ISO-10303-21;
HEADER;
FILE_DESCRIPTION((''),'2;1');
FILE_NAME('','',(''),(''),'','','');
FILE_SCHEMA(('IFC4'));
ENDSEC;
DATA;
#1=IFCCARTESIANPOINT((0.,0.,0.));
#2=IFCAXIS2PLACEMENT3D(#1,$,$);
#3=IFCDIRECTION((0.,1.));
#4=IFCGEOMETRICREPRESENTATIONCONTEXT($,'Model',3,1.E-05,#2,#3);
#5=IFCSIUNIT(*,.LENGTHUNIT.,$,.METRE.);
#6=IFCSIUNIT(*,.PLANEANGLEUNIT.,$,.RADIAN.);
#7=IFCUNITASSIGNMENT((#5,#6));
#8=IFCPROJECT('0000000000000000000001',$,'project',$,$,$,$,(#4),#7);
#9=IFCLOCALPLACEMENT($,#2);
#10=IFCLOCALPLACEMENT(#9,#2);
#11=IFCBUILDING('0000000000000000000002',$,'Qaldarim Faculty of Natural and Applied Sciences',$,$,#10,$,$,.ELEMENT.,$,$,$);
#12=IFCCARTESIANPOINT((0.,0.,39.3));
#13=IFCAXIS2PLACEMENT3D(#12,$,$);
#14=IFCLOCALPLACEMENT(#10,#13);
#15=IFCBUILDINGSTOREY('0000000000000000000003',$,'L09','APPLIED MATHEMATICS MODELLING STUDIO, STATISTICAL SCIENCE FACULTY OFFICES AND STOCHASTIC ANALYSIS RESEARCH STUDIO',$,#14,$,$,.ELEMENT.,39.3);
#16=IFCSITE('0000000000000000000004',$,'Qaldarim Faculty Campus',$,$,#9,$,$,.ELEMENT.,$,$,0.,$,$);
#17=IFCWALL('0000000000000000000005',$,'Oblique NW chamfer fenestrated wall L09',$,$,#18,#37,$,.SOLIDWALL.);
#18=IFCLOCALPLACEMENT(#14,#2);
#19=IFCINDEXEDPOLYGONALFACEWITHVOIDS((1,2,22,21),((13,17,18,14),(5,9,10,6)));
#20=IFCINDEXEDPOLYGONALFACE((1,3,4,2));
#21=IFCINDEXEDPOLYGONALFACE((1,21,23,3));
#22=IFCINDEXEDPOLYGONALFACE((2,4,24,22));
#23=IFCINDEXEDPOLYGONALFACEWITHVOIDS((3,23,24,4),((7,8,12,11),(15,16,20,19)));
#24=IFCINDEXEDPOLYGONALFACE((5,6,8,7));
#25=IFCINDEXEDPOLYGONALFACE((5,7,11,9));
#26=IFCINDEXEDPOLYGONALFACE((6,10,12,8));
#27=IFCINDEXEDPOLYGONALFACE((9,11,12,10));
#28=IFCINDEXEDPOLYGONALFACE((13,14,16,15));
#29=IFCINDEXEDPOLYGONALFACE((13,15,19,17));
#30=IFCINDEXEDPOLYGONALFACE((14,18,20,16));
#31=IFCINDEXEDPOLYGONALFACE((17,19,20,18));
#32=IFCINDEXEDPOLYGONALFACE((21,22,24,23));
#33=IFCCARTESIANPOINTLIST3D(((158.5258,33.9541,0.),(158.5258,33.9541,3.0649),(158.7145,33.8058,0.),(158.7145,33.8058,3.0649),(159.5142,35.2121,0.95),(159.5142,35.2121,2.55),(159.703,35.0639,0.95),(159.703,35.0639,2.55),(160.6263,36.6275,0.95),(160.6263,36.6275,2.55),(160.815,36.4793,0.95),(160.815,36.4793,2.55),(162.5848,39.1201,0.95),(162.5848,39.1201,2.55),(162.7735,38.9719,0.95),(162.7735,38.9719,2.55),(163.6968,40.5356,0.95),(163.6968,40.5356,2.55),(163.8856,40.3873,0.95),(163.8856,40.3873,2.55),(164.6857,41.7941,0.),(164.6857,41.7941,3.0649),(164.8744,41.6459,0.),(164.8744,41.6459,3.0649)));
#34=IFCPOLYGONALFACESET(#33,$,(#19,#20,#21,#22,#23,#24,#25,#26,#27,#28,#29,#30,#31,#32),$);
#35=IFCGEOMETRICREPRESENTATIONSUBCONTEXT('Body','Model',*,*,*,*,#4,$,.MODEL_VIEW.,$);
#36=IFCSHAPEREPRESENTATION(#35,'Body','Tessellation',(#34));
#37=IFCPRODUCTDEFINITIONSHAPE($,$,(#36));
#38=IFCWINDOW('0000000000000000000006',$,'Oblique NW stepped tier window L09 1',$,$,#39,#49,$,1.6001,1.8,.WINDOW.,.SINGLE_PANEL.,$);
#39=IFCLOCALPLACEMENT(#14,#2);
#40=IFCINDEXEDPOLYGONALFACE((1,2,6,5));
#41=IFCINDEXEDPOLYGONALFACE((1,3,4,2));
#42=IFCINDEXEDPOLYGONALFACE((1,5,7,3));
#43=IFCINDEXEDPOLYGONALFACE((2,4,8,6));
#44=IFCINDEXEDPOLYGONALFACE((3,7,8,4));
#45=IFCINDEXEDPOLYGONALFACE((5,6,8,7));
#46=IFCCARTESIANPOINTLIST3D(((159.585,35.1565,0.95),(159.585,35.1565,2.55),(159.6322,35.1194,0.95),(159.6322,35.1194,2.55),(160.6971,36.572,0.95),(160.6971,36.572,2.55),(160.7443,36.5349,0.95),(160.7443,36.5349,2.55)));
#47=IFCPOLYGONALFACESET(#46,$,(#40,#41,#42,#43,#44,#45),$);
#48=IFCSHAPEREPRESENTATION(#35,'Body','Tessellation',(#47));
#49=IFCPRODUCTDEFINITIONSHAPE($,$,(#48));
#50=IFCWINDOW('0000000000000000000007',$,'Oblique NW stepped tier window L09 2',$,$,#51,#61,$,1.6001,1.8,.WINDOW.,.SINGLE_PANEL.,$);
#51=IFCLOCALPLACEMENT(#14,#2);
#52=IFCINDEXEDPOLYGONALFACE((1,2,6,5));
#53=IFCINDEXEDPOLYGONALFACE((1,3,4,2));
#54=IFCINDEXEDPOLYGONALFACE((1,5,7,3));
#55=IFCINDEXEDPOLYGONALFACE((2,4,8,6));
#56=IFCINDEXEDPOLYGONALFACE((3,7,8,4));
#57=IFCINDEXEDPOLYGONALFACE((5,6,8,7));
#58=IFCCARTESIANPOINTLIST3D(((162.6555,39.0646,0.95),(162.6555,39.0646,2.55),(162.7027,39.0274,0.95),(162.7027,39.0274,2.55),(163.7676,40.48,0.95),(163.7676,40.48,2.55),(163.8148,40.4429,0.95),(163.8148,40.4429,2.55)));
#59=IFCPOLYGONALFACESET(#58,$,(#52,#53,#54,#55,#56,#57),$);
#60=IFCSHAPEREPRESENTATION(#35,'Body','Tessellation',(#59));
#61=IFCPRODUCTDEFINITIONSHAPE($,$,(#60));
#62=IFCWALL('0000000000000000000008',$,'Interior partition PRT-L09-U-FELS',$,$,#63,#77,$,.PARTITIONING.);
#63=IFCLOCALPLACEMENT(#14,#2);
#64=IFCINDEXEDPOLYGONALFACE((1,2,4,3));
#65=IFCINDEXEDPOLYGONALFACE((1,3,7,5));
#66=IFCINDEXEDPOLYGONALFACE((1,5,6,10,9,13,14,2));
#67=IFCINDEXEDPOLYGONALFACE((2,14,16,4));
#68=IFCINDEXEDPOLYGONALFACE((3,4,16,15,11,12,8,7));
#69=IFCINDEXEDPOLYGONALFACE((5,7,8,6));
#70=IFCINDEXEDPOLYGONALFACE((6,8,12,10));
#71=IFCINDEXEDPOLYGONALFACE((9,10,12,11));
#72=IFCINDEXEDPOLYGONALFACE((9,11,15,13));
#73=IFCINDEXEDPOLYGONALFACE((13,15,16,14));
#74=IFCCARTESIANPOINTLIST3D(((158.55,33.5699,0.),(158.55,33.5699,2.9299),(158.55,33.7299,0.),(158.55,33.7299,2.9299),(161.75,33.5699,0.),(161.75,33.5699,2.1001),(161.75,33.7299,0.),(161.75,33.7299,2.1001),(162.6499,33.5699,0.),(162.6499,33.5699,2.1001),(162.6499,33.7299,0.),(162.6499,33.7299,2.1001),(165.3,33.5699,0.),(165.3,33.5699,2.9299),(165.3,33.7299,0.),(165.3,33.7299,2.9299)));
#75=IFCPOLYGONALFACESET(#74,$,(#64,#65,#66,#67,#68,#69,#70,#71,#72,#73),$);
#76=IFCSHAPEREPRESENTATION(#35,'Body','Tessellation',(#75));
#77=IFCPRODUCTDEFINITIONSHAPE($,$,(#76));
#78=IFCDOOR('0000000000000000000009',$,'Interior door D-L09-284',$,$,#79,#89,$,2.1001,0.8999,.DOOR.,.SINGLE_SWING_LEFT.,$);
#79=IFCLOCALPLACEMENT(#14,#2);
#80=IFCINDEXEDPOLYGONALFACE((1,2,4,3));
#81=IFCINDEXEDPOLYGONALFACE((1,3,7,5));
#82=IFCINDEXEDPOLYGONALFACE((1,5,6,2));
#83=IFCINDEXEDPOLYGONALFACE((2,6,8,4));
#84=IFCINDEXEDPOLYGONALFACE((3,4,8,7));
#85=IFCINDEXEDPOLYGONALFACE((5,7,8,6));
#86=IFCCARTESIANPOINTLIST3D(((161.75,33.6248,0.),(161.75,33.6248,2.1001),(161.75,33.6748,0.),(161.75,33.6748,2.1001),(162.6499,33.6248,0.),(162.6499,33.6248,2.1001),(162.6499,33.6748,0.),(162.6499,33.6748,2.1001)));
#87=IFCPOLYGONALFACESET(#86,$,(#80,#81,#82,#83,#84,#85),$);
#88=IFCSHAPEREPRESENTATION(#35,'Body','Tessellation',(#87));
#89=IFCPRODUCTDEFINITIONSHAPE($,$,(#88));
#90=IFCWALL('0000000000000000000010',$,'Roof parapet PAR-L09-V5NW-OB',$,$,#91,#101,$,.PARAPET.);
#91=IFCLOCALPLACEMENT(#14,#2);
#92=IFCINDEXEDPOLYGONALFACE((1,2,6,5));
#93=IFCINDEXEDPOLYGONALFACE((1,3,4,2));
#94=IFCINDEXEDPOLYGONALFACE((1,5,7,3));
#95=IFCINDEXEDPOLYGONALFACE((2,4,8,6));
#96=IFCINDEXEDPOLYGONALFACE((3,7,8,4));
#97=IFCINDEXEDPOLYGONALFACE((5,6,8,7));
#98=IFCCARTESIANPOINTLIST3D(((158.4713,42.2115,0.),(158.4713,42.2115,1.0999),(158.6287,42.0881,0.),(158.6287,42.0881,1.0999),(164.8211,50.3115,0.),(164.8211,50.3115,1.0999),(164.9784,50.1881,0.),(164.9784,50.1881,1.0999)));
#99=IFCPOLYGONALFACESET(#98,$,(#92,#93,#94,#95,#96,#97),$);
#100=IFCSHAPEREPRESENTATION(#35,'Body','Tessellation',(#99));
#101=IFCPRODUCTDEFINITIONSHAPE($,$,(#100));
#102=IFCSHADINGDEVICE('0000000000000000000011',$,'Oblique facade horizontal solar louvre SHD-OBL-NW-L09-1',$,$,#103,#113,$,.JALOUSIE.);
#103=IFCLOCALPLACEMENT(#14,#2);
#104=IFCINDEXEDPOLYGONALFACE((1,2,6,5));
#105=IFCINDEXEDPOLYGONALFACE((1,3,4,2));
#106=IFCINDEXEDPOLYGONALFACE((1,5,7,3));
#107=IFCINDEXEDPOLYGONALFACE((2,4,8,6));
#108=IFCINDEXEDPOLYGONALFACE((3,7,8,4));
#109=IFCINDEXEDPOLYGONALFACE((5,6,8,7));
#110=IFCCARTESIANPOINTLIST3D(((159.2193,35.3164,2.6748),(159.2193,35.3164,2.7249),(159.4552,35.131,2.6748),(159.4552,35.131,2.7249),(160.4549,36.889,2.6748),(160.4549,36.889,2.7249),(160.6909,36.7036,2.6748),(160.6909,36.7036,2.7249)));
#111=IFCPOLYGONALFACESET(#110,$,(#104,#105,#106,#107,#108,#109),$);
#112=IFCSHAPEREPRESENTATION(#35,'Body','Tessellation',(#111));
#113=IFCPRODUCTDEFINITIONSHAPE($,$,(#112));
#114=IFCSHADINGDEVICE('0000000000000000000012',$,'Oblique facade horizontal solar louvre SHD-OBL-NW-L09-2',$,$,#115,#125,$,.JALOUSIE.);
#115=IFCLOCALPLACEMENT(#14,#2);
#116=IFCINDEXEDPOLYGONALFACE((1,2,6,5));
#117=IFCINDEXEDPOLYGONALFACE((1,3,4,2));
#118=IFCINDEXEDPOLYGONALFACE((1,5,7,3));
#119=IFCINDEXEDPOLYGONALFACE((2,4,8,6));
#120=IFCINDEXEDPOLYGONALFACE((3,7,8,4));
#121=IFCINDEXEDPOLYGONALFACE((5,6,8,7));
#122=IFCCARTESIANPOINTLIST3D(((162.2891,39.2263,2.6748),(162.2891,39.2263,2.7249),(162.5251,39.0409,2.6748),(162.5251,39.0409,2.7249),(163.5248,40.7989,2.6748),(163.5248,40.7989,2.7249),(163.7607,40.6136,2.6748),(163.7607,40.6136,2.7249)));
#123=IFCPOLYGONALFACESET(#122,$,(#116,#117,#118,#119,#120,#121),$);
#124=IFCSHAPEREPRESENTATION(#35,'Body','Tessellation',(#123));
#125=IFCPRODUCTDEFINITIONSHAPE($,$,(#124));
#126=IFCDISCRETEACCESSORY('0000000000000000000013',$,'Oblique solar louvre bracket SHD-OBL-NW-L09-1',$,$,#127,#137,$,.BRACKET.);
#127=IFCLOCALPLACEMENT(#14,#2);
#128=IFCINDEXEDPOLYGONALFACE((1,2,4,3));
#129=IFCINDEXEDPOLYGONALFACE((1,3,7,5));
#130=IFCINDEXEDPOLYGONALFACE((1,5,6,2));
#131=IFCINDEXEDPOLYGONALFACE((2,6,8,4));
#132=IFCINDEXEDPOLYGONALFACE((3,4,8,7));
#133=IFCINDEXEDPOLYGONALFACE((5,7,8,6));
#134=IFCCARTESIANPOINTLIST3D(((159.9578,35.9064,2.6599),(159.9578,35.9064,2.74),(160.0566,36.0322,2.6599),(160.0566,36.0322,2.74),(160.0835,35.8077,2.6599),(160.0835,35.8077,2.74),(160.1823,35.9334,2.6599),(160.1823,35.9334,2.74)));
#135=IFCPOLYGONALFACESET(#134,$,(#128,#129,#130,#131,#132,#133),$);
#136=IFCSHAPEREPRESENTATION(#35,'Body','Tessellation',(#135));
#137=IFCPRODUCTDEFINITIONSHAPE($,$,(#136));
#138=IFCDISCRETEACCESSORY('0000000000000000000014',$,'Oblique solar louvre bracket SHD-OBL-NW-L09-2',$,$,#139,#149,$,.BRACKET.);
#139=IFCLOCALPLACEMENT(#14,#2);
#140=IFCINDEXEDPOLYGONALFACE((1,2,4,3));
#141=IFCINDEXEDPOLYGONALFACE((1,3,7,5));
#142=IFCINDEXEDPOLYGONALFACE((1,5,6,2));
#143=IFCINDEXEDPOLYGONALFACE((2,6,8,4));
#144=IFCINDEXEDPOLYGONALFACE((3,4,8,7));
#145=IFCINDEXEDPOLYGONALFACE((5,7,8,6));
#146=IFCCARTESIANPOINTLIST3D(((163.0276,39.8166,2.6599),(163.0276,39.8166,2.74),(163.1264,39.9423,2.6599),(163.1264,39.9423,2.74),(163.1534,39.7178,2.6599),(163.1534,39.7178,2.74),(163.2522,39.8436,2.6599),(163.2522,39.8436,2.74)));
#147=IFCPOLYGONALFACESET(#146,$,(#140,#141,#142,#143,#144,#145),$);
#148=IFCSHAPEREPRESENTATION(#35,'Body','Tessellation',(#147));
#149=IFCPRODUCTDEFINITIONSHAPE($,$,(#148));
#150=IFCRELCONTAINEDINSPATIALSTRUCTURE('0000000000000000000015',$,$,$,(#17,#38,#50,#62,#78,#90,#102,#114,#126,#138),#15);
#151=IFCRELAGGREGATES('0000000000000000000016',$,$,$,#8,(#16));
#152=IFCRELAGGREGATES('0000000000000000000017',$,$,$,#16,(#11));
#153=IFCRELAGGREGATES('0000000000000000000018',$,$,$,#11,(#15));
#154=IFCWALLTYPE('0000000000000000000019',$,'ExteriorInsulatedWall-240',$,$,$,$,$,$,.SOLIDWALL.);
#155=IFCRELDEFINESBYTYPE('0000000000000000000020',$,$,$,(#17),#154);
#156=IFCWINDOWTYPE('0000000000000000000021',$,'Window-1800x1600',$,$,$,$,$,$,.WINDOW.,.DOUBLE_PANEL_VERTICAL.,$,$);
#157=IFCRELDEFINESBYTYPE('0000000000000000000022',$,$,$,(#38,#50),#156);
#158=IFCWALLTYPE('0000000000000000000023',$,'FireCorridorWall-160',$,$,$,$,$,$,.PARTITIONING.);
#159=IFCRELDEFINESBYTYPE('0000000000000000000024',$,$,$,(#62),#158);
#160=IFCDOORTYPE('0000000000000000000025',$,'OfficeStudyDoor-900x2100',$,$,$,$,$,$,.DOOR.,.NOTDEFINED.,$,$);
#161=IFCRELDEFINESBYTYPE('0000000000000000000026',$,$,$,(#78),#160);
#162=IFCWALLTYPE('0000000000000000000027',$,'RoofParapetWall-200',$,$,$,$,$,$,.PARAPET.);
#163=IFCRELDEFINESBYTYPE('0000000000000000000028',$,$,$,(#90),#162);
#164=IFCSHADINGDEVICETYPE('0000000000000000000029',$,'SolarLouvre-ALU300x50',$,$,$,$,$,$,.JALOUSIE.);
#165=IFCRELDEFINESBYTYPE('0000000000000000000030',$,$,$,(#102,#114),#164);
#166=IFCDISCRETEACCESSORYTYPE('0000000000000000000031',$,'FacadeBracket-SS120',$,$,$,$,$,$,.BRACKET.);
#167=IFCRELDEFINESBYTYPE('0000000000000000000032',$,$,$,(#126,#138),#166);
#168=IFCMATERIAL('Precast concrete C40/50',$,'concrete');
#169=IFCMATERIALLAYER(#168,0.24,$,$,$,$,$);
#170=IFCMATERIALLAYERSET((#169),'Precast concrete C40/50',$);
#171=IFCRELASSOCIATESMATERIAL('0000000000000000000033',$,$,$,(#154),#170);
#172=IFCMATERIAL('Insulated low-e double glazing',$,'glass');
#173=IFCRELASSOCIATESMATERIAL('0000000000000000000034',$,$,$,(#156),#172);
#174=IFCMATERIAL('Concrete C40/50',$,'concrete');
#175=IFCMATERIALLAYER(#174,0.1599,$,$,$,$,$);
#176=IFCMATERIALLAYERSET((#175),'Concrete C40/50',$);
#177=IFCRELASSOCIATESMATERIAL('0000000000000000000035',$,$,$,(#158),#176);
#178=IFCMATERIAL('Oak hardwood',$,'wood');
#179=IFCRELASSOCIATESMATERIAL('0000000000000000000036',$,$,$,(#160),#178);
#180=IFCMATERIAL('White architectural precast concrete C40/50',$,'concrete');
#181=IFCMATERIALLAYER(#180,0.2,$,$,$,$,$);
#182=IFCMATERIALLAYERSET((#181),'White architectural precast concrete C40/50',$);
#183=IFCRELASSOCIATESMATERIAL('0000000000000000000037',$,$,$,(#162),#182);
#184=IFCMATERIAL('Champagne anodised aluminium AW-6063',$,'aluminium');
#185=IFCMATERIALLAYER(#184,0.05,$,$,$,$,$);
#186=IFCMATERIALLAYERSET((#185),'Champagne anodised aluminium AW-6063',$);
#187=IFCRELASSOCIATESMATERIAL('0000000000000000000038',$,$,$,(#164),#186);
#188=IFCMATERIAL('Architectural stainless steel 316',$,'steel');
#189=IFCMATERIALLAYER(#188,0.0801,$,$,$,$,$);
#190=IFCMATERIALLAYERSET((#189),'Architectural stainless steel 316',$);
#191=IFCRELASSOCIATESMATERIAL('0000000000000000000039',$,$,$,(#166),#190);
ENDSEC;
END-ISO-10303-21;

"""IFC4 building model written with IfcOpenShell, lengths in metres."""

from ifc_helpers import new_model, si_unit, direction, frame, frame_2d, origin, origin_2d, place, context, subcontext, project, spatial, rectangle, extrude, material, layer, layer_set, type_object, element, fill, save


model = new_model("IFC4")

# Units and contexts
model_context = context("Model", 3, precision=1e-05, world=origin(), true_north=direction((0.0, 1.0)))
body_context = subcontext(model_context, "Body", "Model", "MODEL_VIEW")
ifc_project = project(units=[si_unit("LENGTHUNIT", "METRE"), si_unit("PLANEANGLEUNIT", "RADIAN")], contexts=[model_context])

# Site, building, storey
site_placement = place(None, origin())
site = spatial("IfcSite", under=ifc_project, at=site_placement, Name="Qaldarim Faculty Campus", CompositionType="ELEMENT", RefElevation=0.0)
building_placement = place(site_placement, origin())
building = spatial("IfcBuilding", under=site, at=building_placement, Name="Qaldarim Faculty of Natural and Applied Sciences", CompositionType="ELEMENT")
storey_placement = place(building_placement, frame((0.0, 0.0, 39.3)))
storey = spatial("IfcBuildingStorey", under=building, at=storey_placement, Name="L09", Description="APPLIED MATHEMATICS MODELLING STUDIO, STATISTICAL SCIENCE FACULTY OFFICES AND STOCHASTIC ANALYSIS RESEARCH STUDIO", CompositionType="ELEMENT", Elevation=39.3)

# Shared definitions
ifc_material_1 = material(Name="Concrete C40/50", Category="concrete")
ifc_material_2 = material(Name="Precast concrete C40/50", Category="concrete")

# Wall, openings, windows
ifc_layer_1 = layer(ifc_material_2, 0.24)
ifc_layer_set_1 = layer_set([ifc_layer_1], Name="Precast concrete C40/50")
wall_type_1 = type_object("IfcWallType", Name="ExteriorInsulatedWall-240", PredefinedType="SOLIDWALL", material=ifc_layer_set_1)
wall_1_placement = place(storey_placement, frame((158.6201, 33.8799, 0.0), z_axis=(0.0, 0.0, 1.0), x_axis=(0.617812, 0.786326, 0.0)))
wall_1 = element("IfcWall", 1, at=wall_1_placement, inside=storey, type_object=wall_type_1, Name="Oblique NW chamfer fenestrated wall L09", PredefinedType="SOLIDWALL", context=body_context, shape_type="SweptSolid", body=[
    extrude(rectangle(XDim=9.9705, YDim=0.24, at=frame_2d((4.9854, 0.0))), origin(), (0.0, 0.0, 1.0), 3.0649),
])
opening_1_placement = place(wall_1_placement, frame((1.6001, 0.0, 0.95)))
opening_1 = element("IfcOpeningElement", 2, at=opening_1_placement, cuts=wall_1, PredefinedType="OPENING", context=body_context, shape_type="SweptSolid", body=[
    extrude(rectangle(XDim=1.8, YDim=1.6001, at=frame_2d((0.8999, 0.8))), frame((0.0, 0.1299, 0.0), z_axis=(0.0, -1.0, 0.0), x_axis=(1.0, 0.0, 0.0)), (0.0, 0.0, 1.0), 0.26),
])
opening_2_placement = place(wall_1_placement, frame((6.5701, 0.0, 0.95)))
opening_2 = element("IfcOpeningElement", 3, at=opening_2_placement, cuts=wall_1, PredefinedType="OPENING", context=body_context, shape_type="SweptSolid", body=[
    extrude(rectangle(XDim=1.8, YDim=1.6001, at=frame_2d((0.8999, 0.8))), frame((0.0, 0.1299, 0.0), z_axis=(0.0, -1.0, 0.0), x_axis=(1.0, 0.0, 0.0)), (0.0, 0.0, 1.0), 0.26),
])
ifc_material_3 = material(Name="Insulated low-e double glazing", Category="glass")
window_type = type_object("IfcWindowType", Name="Window-1800x1600", PartitioningType="DOUBLE_PANEL_VERTICAL", PredefinedType="WINDOW", material=ifc_material_3)
window_1_placement = place(opening_1_placement, origin())
window_1 = element("IfcWindow", 4, at=window_1_placement, inside=storey, type_object=window_type, Name="Oblique NW stepped tier window L09 1", OverallHeight=1.6001, OverallWidth=1.8, PartitioningType="SINGLE_PANEL", PredefinedType="WINDOW", context=body_context, shape_type="SweptSolid", body=[
    extrude(rectangle(XDim=1.8, YDim=1.6001, at=frame_2d((0.8999, 0.8))), frame((0.0, 0.03, 0.0), z_axis=(0.0, -1.0, 0.0), x_axis=(1.0, 0.0, 0.0)), (0.0, 0.0, 1.0), 0.0601),
])
fill(opening_1, window_1)
window_2_placement = place(opening_2_placement, origin())
window_2 = element("IfcWindow", 5, at=window_2_placement, inside=storey, type_object=window_type, Name="Oblique NW stepped tier window L09 2", OverallHeight=1.6001, OverallWidth=1.8, PartitioningType="SINGLE_PANEL", PredefinedType="WINDOW", context=body_context, shape_type="SweptSolid", body=[
    extrude(rectangle(XDim=1.8, YDim=1.6001, at=frame_2d((0.8999, 0.8))), frame((0.0, 0.03, 0.0), z_axis=(0.0, -1.0, 0.0), x_axis=(1.0, 0.0, 0.0)), (0.0, 0.0, 1.0), 0.0601),
])
fill(opening_2, window_2)

# Wall, opening, door
ifc_layer_2 = layer(ifc_material_1, 0.1599)
ifc_layer_set_2 = layer_set([ifc_layer_2], Name="Concrete C40/50")
wall_type_2 = type_object("IfcWallType", Name="FireCorridorWall-160", PredefinedType="PARTITIONING", material=ifc_layer_set_2)
wall_2_placement = place(storey_placement, frame((158.55, 33.6499, 0.0), z_axis=(0.0, 0.0, 1.0), x_axis=(1.0, 0.0, 0.0)))
wall_2 = element("IfcWall", 6, at=wall_2_placement, inside=storey, type_object=wall_type_2, Name="Interior partition PRT-L09-U-FELS", PredefinedType="PARTITIONING", context=body_context, shape_type="SweptSolid", body=[
    extrude(rectangle(XDim=6.75, YDim=0.1599, at=frame_2d((3.375, 0.0))), origin(), (0.0, 0.0, 1.0), 2.9299),
])
opening_3_placement = place(wall_2_placement, frame((3.2, 0.0, 0.0)))
opening_3 = element("IfcOpeningElement", 7, at=opening_3_placement, cuts=wall_2, PredefinedType="OPENING", context=body_context, shape_type="SweptSolid", body=[
    extrude(rectangle(XDim=0.8999, YDim=2.1001, at=frame_2d((0.45, 1.05))), frame((0.0, 0.0898, 0.0), z_axis=(0.0, -1.0, 0.0), x_axis=(1.0, 0.0, 0.0)), (0.0, 0.0, 1.0), 0.1799),
])
ifc_material_4 = material(Name="Oak hardwood", Category="wood")
door_type = type_object("IfcDoorType", Name="OfficeStudyDoor-900x2100", OperationType="NOTDEFINED", PredefinedType="DOOR", material=ifc_material_4)
door_placement = place(opening_3_placement, origin())
door = element("IfcDoor", 8, at=door_placement, inside=storey, type_object=door_type, Name="Interior door D-L09-284", OperationType="SINGLE_SWING_LEFT", OverallHeight=2.1001, OverallWidth=0.8999, PredefinedType="DOOR", context=body_context, shape_type="SweptSolid", body=[
    extrude(rectangle(XDim=0.8999, YDim=2.1001, at=frame_2d((0.45, 1.05))), frame((0.0, 0.0249, 0.0), z_axis=(0.0, -1.0, 0.0), x_axis=(1.0, 0.0, 0.0)), (0.0, 0.0, 1.0), 0.05),
])
fill(opening_3, door)

# Wall
ifc_material_5 = material(Name="White architectural precast concrete C40/50", Category="concrete")
ifc_layer_3 = layer(ifc_material_5, 0.2)
ifc_layer_set_3 = layer_set([ifc_layer_3], Name="White architectural precast concrete C40/50")
wall_type_3 = type_object("IfcWallType", Name="RoofParapetWall-200", PredefinedType="PARAPET", material=ifc_layer_set_3)
wall_3_placement = place(storey_placement, frame((158.55, 42.1499, 0.0), z_axis=(0.0, 0.0, 1.0), x_axis=(0.61695, 0.787003, 0.0)))
element("IfcWall", 9, at=wall_3_placement, inside=storey, type_object=wall_type_3, Name="Roof parapet PAR-L09-V5NW-OB", PredefinedType="PARAPET", context=body_context, shape_type="SweptSolid", body=[
    extrude(rectangle(XDim=10.2922, YDim=0.2, at=frame_2d((5.146, 0.0))), origin(), (0.0, 0.0, 1.0), 1.0999),
])

# Shading devices
ifc_material_6 = material(Name="Champagne anodised aluminium AW-6063", Category="aluminium")
ifc_layer_4 = layer(ifc_material_6, 0.05)
ifc_layer_set_4 = layer_set([ifc_layer_4], Name="Champagne anodised aluminium AW-6063")
shading_device_type = type_object("IfcShadingDeviceType", Name="SolarLouvre-ALU300x50", PredefinedType="JALOUSIE", material=ifc_layer_set_4)
for number, where, z_axis, x_axis, name in (
    (10, (159.9551, 36.01, 2.6748), (0.0, 0.0, 1.0), (0.617818, 0.786321, 0.0), "Oblique facade horizontal solar louvre SHD-OBL-NW-L09-1"),
    (11, (163.0249, 39.9199, 2.6748), (0.0, 0.0, 1.0), (0.617818, 0.786321, 0.0), "Oblique facade horizontal solar louvre SHD-OBL-NW-L09-2"),
):
    element("IfcShadingDevice", number, at=place(storey_placement, frame(where, z_axis=z_axis, x_axis=x_axis)), inside=storey, type_object=shading_device_type, Name=name, PredefinedType="JALOUSIE", context=body_context, shape_type="SweptSolid", body=[
        extrude(rectangle(XDim=2.0, YDim=0.3, at=origin_2d()), origin(), (0.0, 0.0, 1.0), 0.05),
    ])

# Discrete accessories
ifc_material_7 = material(Name="Architectural stainless steel 316", Category="steel")
ifc_layer_5 = layer(ifc_material_7, 0.0801)
ifc_layer_set_5 = layer_set([ifc_layer_5], Name="Architectural stainless steel 316")
discrete_accessory_type = type_object("IfcDiscreteAccessoryType", Name="FacadeBracket-SS120", PredefinedType="BRACKET", material=ifc_layer_set_5)
for number, where, z_axis, x_axis, name in (
    (12, (160.0701, 35.9199, 2.6599), (0.0, 0.0, 1.0), (0.617818, 0.786321, 0.0), "Oblique solar louvre bracket SHD-OBL-NW-L09-1"),
    (13, (163.1399, 39.8301, 2.6599), (0.0, 0.0, 1.0), (0.617818, 0.786321, 0.0), "Oblique solar louvre bracket SHD-OBL-NW-L09-2"),
):
    element("IfcDiscreteAccessory", number, at=place(storey_placement, frame(where, z_axis=z_axis, x_axis=x_axis)), inside=storey, type_object=discrete_accessory_type, Name=name, PredefinedType="BRACKET", context=body_context, shape_type="SweptSolid", body=[
        extrude(rectangle(XDim=0.1599, YDim=0.1599, at=origin_2d()), origin(), (0.0, 0.0, 1.0), 0.0801),
    ])

save(model, "model.ifc")
